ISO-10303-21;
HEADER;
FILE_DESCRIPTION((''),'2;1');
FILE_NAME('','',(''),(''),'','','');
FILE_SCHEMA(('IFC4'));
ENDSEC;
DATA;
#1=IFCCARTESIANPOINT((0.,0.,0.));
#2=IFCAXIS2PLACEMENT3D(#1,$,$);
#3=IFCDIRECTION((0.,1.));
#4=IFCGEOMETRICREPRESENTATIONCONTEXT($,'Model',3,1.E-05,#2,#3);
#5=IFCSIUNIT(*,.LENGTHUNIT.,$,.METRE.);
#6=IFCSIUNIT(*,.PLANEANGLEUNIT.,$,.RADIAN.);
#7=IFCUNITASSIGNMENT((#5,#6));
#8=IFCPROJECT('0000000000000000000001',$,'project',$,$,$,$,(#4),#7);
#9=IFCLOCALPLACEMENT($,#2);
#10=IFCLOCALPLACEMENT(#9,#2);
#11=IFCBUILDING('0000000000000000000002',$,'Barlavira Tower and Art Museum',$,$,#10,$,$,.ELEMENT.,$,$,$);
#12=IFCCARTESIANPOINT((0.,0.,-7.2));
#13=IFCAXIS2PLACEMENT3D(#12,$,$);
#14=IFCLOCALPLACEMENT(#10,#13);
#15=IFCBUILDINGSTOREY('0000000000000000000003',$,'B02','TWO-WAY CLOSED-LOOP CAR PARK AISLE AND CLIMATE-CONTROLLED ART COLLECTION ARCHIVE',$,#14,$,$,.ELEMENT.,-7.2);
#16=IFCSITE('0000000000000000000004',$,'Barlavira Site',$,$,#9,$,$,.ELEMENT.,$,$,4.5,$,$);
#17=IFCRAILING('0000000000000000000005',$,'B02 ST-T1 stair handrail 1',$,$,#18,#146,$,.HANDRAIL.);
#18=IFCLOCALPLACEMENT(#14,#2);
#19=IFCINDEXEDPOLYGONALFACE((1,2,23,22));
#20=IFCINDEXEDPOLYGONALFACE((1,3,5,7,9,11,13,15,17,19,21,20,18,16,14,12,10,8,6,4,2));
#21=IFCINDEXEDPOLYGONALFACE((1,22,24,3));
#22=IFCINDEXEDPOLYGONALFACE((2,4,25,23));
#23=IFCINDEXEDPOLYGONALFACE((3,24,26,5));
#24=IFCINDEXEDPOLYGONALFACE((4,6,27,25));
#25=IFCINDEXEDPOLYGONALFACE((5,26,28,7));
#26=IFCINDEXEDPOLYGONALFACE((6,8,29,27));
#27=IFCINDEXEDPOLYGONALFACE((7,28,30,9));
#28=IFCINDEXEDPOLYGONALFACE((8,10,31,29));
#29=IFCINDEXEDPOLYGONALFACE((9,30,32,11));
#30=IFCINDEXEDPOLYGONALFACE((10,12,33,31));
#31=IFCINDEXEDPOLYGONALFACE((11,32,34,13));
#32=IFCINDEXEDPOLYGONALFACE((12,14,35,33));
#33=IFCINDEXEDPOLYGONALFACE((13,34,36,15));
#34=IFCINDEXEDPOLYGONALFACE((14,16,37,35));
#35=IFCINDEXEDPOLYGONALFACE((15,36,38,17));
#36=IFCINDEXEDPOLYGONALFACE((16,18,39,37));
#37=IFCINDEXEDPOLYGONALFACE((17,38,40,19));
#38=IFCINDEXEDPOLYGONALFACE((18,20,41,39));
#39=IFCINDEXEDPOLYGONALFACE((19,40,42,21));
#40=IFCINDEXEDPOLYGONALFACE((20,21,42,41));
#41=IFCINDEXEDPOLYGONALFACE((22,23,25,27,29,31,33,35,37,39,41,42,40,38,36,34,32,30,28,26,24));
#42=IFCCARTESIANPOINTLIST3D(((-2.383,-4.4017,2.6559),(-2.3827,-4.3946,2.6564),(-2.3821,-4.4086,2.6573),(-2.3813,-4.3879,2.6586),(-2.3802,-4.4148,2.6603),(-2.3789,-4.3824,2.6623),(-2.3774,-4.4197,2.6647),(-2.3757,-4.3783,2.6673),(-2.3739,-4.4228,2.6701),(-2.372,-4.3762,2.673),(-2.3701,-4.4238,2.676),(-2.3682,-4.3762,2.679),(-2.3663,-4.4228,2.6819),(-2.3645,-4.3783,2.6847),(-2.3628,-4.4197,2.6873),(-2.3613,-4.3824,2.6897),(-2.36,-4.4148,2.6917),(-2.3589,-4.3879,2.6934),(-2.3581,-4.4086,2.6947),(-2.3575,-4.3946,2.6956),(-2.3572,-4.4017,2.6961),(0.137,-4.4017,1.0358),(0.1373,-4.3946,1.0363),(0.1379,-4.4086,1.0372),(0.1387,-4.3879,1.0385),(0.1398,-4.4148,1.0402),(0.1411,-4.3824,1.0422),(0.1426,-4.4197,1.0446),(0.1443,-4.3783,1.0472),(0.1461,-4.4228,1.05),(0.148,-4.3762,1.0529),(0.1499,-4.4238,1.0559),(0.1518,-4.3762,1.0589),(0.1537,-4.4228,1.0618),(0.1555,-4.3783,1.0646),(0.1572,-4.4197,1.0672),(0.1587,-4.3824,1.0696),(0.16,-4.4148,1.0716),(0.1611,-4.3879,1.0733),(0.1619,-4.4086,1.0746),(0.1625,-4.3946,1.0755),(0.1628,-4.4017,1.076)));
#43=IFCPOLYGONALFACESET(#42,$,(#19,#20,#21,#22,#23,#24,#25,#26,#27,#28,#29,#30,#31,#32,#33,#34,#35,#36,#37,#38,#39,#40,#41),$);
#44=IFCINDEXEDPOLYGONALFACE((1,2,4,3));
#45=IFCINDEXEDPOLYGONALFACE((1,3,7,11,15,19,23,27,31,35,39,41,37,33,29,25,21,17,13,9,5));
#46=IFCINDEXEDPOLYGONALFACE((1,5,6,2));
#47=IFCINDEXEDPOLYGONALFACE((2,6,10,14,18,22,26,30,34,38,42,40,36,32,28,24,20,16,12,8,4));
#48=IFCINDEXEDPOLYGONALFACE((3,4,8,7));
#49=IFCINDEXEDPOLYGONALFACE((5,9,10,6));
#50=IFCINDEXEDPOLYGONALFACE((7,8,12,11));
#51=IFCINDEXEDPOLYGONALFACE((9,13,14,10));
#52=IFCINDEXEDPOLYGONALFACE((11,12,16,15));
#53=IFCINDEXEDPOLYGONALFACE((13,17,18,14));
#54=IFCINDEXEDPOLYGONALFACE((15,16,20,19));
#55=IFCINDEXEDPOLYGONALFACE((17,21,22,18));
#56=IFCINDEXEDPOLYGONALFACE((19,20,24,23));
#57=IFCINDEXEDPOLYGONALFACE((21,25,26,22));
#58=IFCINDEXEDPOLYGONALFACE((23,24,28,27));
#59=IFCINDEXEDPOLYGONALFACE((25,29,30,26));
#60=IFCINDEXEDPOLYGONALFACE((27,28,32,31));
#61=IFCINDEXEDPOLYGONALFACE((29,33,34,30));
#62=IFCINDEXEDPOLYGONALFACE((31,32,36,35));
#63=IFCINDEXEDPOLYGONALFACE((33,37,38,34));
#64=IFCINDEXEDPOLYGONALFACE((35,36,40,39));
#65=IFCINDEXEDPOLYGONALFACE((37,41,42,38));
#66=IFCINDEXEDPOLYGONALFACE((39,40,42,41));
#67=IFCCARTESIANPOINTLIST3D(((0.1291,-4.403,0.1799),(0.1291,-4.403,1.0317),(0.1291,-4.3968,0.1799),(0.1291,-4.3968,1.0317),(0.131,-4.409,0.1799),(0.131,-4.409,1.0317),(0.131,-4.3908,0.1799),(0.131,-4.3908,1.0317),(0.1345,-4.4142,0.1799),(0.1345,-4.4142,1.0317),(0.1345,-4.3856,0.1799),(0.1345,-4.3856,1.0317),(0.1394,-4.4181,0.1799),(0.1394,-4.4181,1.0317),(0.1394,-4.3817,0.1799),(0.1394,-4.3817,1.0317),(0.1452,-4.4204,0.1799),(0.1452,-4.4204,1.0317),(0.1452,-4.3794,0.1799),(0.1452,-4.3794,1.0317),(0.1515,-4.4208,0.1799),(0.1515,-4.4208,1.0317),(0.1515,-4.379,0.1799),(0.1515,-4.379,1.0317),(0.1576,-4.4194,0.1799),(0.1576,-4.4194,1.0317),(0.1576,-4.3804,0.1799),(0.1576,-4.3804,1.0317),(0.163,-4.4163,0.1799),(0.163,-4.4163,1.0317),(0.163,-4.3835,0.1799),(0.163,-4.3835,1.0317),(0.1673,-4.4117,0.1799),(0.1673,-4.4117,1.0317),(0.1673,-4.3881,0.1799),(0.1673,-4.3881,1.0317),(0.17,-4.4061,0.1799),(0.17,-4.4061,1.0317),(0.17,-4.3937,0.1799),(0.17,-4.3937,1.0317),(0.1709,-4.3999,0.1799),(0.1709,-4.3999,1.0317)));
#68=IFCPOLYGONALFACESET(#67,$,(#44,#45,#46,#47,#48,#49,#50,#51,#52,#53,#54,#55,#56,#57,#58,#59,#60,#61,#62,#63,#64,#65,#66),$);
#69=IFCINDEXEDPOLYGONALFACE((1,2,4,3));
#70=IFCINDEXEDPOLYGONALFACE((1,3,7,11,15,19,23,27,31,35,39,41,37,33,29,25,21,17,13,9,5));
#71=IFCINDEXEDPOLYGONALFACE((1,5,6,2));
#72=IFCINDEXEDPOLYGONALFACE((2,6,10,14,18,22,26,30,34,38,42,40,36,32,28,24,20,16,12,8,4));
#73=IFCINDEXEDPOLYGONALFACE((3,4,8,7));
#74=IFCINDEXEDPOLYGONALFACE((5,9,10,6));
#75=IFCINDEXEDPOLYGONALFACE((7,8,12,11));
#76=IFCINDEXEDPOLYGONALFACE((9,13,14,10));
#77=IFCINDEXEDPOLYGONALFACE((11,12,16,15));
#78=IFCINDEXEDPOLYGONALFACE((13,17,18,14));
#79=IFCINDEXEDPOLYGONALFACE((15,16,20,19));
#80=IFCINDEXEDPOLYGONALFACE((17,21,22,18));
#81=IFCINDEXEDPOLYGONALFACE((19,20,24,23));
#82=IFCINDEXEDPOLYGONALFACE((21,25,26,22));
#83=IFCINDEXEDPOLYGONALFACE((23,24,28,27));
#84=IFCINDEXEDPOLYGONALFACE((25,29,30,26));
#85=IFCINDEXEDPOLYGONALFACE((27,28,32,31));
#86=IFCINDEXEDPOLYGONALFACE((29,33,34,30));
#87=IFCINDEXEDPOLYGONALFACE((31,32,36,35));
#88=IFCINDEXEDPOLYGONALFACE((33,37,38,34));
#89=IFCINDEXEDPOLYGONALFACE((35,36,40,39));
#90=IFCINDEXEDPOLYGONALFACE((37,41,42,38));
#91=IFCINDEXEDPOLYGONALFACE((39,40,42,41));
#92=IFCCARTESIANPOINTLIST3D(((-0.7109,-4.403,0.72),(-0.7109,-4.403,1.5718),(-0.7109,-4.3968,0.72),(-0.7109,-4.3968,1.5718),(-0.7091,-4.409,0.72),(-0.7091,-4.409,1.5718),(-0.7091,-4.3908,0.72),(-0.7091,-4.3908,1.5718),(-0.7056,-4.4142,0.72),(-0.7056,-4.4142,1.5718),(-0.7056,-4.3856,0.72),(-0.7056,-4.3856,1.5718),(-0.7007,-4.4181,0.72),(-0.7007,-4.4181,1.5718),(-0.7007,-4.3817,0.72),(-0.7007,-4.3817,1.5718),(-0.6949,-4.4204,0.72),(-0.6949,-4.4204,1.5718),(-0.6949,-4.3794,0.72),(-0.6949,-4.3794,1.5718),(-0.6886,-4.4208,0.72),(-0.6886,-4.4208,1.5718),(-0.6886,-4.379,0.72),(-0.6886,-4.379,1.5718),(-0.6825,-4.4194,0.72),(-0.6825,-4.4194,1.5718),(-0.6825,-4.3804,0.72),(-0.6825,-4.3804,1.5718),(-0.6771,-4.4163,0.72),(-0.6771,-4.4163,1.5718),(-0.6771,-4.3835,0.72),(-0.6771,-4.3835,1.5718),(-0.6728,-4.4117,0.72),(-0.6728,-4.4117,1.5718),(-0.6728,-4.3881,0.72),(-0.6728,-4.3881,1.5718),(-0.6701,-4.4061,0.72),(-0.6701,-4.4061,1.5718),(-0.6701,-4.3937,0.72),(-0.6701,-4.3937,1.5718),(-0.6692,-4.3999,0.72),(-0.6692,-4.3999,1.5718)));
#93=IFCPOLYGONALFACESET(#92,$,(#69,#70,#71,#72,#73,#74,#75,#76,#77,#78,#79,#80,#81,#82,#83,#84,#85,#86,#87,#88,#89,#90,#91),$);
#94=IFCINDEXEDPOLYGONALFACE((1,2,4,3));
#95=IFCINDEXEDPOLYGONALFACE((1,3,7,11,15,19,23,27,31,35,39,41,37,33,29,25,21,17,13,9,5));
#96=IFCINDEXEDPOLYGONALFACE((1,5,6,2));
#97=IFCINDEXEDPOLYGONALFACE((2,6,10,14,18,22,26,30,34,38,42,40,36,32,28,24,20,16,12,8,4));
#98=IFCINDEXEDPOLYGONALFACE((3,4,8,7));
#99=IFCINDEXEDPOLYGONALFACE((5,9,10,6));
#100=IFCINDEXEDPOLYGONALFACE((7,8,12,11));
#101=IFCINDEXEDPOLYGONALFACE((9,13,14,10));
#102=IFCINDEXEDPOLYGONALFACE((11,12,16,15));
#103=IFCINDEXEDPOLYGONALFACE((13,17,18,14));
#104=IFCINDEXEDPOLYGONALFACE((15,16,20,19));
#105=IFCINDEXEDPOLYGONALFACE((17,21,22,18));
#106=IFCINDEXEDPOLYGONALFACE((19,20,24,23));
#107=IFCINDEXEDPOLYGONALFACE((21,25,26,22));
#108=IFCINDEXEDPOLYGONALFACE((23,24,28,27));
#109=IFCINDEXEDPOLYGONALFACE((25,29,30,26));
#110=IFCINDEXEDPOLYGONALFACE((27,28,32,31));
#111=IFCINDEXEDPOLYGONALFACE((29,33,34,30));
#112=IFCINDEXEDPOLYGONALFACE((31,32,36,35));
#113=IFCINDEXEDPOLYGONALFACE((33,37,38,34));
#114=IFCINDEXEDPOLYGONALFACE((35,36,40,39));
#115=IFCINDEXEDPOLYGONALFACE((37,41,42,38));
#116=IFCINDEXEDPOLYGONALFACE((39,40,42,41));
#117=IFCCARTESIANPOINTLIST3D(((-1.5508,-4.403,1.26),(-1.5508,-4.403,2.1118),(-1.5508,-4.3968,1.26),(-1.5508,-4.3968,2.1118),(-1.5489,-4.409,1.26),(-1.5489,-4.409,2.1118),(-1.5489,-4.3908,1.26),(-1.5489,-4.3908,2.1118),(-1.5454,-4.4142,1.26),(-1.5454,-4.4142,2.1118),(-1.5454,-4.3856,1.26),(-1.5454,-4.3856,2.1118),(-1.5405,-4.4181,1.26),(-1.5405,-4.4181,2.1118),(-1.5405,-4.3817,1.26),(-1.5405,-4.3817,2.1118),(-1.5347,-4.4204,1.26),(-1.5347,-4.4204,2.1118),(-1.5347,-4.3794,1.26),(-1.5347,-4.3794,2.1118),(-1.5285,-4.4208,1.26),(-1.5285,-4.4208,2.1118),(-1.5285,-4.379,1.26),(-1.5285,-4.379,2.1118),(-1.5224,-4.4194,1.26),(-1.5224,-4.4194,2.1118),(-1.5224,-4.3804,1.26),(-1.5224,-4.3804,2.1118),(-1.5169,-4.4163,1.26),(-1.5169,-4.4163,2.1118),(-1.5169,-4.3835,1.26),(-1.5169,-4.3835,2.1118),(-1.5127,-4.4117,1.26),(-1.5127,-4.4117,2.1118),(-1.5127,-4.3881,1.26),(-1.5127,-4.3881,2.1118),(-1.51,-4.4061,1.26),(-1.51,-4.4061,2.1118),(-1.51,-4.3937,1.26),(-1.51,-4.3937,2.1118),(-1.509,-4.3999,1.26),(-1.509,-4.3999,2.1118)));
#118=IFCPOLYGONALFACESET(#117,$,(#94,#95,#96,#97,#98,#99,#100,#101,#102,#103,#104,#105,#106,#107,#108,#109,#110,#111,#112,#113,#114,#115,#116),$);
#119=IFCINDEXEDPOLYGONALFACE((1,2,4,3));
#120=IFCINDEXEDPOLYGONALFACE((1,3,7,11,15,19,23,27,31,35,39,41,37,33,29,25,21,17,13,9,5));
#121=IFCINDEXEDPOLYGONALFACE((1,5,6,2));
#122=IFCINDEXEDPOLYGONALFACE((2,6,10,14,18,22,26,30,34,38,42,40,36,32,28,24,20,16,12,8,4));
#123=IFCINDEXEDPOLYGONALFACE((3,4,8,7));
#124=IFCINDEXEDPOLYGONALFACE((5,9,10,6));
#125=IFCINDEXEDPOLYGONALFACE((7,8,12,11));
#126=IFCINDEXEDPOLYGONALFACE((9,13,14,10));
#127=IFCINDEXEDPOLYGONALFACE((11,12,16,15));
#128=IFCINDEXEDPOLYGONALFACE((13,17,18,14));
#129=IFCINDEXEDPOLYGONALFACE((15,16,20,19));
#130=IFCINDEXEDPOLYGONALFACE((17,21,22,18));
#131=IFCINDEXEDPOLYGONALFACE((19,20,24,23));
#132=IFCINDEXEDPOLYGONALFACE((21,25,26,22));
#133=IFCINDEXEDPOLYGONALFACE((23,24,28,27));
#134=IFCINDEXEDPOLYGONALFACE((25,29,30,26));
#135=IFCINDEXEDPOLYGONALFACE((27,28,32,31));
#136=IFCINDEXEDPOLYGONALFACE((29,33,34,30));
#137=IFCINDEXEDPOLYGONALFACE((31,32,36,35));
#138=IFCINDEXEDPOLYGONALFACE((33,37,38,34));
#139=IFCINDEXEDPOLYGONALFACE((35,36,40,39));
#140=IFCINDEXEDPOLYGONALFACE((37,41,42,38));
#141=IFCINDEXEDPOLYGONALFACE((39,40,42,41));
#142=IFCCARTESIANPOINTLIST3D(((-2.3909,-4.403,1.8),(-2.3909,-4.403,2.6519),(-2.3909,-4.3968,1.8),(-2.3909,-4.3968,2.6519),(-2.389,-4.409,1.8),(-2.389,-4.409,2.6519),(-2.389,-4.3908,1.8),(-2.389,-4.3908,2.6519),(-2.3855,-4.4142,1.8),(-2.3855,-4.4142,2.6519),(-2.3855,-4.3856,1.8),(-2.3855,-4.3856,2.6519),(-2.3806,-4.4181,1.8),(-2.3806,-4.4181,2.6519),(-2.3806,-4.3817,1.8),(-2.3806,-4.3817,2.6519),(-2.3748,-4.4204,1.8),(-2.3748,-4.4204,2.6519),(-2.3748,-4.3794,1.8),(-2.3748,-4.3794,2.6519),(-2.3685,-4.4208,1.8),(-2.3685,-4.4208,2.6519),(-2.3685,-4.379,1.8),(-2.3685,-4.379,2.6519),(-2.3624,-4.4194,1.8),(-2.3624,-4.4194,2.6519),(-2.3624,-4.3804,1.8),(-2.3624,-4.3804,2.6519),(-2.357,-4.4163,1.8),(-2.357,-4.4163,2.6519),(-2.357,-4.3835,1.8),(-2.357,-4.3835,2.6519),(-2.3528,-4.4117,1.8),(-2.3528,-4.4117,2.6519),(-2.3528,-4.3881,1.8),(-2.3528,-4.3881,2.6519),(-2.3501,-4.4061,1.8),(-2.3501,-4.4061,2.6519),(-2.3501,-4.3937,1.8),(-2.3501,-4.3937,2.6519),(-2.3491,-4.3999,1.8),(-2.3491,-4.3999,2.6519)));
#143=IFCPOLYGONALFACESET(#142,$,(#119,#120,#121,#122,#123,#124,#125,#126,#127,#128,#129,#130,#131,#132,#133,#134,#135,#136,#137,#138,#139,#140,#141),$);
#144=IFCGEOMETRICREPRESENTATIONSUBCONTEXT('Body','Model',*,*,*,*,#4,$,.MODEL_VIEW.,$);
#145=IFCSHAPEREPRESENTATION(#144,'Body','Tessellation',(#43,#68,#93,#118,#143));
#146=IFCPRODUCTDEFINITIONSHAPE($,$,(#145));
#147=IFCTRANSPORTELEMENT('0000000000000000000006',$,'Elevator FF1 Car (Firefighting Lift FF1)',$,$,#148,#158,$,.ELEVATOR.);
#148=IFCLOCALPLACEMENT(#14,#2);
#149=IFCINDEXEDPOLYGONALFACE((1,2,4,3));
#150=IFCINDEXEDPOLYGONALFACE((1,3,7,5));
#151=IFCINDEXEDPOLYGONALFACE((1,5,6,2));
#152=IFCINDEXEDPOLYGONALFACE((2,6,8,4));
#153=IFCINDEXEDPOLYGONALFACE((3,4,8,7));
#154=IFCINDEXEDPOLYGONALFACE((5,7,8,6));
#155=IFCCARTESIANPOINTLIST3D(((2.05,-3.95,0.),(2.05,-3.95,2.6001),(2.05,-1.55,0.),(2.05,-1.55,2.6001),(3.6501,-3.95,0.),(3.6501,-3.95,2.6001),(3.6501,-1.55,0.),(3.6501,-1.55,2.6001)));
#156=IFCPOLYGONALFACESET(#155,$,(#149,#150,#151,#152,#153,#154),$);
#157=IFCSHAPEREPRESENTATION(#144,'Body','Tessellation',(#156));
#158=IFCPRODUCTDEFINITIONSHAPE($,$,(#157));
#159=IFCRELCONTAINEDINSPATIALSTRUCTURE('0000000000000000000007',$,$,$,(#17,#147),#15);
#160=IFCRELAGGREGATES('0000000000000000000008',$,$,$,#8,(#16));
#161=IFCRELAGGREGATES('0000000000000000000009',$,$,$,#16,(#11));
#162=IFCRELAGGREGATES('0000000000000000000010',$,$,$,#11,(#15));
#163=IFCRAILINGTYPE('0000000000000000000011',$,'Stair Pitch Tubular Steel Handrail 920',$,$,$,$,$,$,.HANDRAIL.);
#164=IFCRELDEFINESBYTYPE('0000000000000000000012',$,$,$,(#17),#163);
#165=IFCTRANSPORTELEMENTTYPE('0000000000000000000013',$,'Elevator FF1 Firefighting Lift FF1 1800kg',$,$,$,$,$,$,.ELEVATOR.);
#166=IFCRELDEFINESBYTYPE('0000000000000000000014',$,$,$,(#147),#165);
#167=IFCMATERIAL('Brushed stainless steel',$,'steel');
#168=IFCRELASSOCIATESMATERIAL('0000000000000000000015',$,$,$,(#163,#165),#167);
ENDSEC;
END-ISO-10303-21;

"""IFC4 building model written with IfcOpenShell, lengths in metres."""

from ifc_helpers import new_model, si_unit, direction, frame, origin, origin_2d, place, context, subcontext, project, spatial, rectangle, circle, extrude, material, type_object, element, save


model = new_model("IFC4")

# Units and contexts
model_context = context("Model", 3, precision=1e-05, world=origin(), true_north=direction((0.0, 1.0)))
body_context = subcontext(model_context, "Body", "Model", "MODEL_VIEW")
ifc_project = project(units=[si_unit("LENGTHUNIT", "METRE"), si_unit("PLANEANGLEUNIT", "RADIAN")], contexts=[model_context])

# Site, building, storey
site_placement = place(None, origin())
site = spatial("IfcSite", under=ifc_project, at=site_placement, Name="Barlavira Site", CompositionType="ELEMENT", RefElevation=4.5)
building_placement = place(site_placement, origin())
building = spatial("IfcBuilding", under=site, at=building_placement, Name="Barlavira Tower and Art Museum", CompositionType="ELEMENT")
storey_placement = place(building_placement, frame((0.0, 0.0, -7.2)))
storey = spatial("IfcBuildingStorey", under=building, at=storey_placement, Name="B02", Description="TWO-WAY CLOSED-LOOP CAR PARK AISLE AND CLIMATE-CONTROLLED ART COLLECTION ARCHIVE", CompositionType="ELEMENT", Elevation=-7.2)

# Shared definitions
ifc_material_1 = material(Name="Brushed stainless steel", Category="steel")

# Railing
railing_type_1 = type_object("IfcRailingType", Name="Stair Pitch Tubular Steel Handrail 920", PredefinedType="HANDRAIL", material=ifc_material_1)
railing_1_placement = place(storey_placement, frame((0.1499, -4.3999, 0.1799)))
element("IfcRailing", 1, at=railing_1_placement, inside=storey, type_object=railing_type_1, Name="B02 ST-T1 stair handrail 1", PredefinedType="HANDRAIL", context=body_context, shape_type="SweptSolid", body=[
    extrude(circle(Radius=0.0239, at=origin_2d()), frame((0.0, 0.0, 0.876), z_axis=(-0.841163, 0.0, 0.540782), x_axis=(0.0, -1.0, 0.0)), (0.0, 0.0, 1.0), 2.9958),
    extrude(circle(Radius=0.021, at=origin_2d()), origin(), (0.0, 0.0, 1.0), 0.8518),
    extrude(circle(Radius=0.021, at=origin_2d()), frame((-0.8401, 0.0, 0.54)), (0.0, 0.0, 1.0), 0.8518),
    extrude(circle(Radius=0.021, at=origin_2d()), frame((-1.6799, 0.0, 1.0801)), (0.0, 0.0, 1.0), 0.8518),
    extrude(circle(Radius=0.021, at=origin_2d()), frame((-2.52, 0.0, 1.6201)), (0.0, 0.0, 1.0), 0.8518),
])

# Transport element
transport_element_type = type_object("IfcTransportElementType", Name="Elevator FF1 Firefighting Lift FF1 1800kg", PredefinedType="ELEVATOR", material=ifc_material_1)
transport_element_placement = place(storey_placement, frame((2.8501, -2.75, 0.0), z_axis=(0.0, 0.0, 1.0), x_axis=(1.0, 0.0, 0.0)))
element("IfcTransportElement", 2, at=transport_element_placement, inside=storey, type_object=transport_element_type, Name="Elevator FF1 Car (Firefighting Lift FF1)", PredefinedType="ELEVATOR", context=body_context, shape_type="SweptSolid", body=[
    extrude(rectangle(XDim=1.6001, YDim=2.3999, at=origin_2d()), origin(), (0.0, 0.0, 1.0), 2.6001),
])

save(model, "model.ifc")
